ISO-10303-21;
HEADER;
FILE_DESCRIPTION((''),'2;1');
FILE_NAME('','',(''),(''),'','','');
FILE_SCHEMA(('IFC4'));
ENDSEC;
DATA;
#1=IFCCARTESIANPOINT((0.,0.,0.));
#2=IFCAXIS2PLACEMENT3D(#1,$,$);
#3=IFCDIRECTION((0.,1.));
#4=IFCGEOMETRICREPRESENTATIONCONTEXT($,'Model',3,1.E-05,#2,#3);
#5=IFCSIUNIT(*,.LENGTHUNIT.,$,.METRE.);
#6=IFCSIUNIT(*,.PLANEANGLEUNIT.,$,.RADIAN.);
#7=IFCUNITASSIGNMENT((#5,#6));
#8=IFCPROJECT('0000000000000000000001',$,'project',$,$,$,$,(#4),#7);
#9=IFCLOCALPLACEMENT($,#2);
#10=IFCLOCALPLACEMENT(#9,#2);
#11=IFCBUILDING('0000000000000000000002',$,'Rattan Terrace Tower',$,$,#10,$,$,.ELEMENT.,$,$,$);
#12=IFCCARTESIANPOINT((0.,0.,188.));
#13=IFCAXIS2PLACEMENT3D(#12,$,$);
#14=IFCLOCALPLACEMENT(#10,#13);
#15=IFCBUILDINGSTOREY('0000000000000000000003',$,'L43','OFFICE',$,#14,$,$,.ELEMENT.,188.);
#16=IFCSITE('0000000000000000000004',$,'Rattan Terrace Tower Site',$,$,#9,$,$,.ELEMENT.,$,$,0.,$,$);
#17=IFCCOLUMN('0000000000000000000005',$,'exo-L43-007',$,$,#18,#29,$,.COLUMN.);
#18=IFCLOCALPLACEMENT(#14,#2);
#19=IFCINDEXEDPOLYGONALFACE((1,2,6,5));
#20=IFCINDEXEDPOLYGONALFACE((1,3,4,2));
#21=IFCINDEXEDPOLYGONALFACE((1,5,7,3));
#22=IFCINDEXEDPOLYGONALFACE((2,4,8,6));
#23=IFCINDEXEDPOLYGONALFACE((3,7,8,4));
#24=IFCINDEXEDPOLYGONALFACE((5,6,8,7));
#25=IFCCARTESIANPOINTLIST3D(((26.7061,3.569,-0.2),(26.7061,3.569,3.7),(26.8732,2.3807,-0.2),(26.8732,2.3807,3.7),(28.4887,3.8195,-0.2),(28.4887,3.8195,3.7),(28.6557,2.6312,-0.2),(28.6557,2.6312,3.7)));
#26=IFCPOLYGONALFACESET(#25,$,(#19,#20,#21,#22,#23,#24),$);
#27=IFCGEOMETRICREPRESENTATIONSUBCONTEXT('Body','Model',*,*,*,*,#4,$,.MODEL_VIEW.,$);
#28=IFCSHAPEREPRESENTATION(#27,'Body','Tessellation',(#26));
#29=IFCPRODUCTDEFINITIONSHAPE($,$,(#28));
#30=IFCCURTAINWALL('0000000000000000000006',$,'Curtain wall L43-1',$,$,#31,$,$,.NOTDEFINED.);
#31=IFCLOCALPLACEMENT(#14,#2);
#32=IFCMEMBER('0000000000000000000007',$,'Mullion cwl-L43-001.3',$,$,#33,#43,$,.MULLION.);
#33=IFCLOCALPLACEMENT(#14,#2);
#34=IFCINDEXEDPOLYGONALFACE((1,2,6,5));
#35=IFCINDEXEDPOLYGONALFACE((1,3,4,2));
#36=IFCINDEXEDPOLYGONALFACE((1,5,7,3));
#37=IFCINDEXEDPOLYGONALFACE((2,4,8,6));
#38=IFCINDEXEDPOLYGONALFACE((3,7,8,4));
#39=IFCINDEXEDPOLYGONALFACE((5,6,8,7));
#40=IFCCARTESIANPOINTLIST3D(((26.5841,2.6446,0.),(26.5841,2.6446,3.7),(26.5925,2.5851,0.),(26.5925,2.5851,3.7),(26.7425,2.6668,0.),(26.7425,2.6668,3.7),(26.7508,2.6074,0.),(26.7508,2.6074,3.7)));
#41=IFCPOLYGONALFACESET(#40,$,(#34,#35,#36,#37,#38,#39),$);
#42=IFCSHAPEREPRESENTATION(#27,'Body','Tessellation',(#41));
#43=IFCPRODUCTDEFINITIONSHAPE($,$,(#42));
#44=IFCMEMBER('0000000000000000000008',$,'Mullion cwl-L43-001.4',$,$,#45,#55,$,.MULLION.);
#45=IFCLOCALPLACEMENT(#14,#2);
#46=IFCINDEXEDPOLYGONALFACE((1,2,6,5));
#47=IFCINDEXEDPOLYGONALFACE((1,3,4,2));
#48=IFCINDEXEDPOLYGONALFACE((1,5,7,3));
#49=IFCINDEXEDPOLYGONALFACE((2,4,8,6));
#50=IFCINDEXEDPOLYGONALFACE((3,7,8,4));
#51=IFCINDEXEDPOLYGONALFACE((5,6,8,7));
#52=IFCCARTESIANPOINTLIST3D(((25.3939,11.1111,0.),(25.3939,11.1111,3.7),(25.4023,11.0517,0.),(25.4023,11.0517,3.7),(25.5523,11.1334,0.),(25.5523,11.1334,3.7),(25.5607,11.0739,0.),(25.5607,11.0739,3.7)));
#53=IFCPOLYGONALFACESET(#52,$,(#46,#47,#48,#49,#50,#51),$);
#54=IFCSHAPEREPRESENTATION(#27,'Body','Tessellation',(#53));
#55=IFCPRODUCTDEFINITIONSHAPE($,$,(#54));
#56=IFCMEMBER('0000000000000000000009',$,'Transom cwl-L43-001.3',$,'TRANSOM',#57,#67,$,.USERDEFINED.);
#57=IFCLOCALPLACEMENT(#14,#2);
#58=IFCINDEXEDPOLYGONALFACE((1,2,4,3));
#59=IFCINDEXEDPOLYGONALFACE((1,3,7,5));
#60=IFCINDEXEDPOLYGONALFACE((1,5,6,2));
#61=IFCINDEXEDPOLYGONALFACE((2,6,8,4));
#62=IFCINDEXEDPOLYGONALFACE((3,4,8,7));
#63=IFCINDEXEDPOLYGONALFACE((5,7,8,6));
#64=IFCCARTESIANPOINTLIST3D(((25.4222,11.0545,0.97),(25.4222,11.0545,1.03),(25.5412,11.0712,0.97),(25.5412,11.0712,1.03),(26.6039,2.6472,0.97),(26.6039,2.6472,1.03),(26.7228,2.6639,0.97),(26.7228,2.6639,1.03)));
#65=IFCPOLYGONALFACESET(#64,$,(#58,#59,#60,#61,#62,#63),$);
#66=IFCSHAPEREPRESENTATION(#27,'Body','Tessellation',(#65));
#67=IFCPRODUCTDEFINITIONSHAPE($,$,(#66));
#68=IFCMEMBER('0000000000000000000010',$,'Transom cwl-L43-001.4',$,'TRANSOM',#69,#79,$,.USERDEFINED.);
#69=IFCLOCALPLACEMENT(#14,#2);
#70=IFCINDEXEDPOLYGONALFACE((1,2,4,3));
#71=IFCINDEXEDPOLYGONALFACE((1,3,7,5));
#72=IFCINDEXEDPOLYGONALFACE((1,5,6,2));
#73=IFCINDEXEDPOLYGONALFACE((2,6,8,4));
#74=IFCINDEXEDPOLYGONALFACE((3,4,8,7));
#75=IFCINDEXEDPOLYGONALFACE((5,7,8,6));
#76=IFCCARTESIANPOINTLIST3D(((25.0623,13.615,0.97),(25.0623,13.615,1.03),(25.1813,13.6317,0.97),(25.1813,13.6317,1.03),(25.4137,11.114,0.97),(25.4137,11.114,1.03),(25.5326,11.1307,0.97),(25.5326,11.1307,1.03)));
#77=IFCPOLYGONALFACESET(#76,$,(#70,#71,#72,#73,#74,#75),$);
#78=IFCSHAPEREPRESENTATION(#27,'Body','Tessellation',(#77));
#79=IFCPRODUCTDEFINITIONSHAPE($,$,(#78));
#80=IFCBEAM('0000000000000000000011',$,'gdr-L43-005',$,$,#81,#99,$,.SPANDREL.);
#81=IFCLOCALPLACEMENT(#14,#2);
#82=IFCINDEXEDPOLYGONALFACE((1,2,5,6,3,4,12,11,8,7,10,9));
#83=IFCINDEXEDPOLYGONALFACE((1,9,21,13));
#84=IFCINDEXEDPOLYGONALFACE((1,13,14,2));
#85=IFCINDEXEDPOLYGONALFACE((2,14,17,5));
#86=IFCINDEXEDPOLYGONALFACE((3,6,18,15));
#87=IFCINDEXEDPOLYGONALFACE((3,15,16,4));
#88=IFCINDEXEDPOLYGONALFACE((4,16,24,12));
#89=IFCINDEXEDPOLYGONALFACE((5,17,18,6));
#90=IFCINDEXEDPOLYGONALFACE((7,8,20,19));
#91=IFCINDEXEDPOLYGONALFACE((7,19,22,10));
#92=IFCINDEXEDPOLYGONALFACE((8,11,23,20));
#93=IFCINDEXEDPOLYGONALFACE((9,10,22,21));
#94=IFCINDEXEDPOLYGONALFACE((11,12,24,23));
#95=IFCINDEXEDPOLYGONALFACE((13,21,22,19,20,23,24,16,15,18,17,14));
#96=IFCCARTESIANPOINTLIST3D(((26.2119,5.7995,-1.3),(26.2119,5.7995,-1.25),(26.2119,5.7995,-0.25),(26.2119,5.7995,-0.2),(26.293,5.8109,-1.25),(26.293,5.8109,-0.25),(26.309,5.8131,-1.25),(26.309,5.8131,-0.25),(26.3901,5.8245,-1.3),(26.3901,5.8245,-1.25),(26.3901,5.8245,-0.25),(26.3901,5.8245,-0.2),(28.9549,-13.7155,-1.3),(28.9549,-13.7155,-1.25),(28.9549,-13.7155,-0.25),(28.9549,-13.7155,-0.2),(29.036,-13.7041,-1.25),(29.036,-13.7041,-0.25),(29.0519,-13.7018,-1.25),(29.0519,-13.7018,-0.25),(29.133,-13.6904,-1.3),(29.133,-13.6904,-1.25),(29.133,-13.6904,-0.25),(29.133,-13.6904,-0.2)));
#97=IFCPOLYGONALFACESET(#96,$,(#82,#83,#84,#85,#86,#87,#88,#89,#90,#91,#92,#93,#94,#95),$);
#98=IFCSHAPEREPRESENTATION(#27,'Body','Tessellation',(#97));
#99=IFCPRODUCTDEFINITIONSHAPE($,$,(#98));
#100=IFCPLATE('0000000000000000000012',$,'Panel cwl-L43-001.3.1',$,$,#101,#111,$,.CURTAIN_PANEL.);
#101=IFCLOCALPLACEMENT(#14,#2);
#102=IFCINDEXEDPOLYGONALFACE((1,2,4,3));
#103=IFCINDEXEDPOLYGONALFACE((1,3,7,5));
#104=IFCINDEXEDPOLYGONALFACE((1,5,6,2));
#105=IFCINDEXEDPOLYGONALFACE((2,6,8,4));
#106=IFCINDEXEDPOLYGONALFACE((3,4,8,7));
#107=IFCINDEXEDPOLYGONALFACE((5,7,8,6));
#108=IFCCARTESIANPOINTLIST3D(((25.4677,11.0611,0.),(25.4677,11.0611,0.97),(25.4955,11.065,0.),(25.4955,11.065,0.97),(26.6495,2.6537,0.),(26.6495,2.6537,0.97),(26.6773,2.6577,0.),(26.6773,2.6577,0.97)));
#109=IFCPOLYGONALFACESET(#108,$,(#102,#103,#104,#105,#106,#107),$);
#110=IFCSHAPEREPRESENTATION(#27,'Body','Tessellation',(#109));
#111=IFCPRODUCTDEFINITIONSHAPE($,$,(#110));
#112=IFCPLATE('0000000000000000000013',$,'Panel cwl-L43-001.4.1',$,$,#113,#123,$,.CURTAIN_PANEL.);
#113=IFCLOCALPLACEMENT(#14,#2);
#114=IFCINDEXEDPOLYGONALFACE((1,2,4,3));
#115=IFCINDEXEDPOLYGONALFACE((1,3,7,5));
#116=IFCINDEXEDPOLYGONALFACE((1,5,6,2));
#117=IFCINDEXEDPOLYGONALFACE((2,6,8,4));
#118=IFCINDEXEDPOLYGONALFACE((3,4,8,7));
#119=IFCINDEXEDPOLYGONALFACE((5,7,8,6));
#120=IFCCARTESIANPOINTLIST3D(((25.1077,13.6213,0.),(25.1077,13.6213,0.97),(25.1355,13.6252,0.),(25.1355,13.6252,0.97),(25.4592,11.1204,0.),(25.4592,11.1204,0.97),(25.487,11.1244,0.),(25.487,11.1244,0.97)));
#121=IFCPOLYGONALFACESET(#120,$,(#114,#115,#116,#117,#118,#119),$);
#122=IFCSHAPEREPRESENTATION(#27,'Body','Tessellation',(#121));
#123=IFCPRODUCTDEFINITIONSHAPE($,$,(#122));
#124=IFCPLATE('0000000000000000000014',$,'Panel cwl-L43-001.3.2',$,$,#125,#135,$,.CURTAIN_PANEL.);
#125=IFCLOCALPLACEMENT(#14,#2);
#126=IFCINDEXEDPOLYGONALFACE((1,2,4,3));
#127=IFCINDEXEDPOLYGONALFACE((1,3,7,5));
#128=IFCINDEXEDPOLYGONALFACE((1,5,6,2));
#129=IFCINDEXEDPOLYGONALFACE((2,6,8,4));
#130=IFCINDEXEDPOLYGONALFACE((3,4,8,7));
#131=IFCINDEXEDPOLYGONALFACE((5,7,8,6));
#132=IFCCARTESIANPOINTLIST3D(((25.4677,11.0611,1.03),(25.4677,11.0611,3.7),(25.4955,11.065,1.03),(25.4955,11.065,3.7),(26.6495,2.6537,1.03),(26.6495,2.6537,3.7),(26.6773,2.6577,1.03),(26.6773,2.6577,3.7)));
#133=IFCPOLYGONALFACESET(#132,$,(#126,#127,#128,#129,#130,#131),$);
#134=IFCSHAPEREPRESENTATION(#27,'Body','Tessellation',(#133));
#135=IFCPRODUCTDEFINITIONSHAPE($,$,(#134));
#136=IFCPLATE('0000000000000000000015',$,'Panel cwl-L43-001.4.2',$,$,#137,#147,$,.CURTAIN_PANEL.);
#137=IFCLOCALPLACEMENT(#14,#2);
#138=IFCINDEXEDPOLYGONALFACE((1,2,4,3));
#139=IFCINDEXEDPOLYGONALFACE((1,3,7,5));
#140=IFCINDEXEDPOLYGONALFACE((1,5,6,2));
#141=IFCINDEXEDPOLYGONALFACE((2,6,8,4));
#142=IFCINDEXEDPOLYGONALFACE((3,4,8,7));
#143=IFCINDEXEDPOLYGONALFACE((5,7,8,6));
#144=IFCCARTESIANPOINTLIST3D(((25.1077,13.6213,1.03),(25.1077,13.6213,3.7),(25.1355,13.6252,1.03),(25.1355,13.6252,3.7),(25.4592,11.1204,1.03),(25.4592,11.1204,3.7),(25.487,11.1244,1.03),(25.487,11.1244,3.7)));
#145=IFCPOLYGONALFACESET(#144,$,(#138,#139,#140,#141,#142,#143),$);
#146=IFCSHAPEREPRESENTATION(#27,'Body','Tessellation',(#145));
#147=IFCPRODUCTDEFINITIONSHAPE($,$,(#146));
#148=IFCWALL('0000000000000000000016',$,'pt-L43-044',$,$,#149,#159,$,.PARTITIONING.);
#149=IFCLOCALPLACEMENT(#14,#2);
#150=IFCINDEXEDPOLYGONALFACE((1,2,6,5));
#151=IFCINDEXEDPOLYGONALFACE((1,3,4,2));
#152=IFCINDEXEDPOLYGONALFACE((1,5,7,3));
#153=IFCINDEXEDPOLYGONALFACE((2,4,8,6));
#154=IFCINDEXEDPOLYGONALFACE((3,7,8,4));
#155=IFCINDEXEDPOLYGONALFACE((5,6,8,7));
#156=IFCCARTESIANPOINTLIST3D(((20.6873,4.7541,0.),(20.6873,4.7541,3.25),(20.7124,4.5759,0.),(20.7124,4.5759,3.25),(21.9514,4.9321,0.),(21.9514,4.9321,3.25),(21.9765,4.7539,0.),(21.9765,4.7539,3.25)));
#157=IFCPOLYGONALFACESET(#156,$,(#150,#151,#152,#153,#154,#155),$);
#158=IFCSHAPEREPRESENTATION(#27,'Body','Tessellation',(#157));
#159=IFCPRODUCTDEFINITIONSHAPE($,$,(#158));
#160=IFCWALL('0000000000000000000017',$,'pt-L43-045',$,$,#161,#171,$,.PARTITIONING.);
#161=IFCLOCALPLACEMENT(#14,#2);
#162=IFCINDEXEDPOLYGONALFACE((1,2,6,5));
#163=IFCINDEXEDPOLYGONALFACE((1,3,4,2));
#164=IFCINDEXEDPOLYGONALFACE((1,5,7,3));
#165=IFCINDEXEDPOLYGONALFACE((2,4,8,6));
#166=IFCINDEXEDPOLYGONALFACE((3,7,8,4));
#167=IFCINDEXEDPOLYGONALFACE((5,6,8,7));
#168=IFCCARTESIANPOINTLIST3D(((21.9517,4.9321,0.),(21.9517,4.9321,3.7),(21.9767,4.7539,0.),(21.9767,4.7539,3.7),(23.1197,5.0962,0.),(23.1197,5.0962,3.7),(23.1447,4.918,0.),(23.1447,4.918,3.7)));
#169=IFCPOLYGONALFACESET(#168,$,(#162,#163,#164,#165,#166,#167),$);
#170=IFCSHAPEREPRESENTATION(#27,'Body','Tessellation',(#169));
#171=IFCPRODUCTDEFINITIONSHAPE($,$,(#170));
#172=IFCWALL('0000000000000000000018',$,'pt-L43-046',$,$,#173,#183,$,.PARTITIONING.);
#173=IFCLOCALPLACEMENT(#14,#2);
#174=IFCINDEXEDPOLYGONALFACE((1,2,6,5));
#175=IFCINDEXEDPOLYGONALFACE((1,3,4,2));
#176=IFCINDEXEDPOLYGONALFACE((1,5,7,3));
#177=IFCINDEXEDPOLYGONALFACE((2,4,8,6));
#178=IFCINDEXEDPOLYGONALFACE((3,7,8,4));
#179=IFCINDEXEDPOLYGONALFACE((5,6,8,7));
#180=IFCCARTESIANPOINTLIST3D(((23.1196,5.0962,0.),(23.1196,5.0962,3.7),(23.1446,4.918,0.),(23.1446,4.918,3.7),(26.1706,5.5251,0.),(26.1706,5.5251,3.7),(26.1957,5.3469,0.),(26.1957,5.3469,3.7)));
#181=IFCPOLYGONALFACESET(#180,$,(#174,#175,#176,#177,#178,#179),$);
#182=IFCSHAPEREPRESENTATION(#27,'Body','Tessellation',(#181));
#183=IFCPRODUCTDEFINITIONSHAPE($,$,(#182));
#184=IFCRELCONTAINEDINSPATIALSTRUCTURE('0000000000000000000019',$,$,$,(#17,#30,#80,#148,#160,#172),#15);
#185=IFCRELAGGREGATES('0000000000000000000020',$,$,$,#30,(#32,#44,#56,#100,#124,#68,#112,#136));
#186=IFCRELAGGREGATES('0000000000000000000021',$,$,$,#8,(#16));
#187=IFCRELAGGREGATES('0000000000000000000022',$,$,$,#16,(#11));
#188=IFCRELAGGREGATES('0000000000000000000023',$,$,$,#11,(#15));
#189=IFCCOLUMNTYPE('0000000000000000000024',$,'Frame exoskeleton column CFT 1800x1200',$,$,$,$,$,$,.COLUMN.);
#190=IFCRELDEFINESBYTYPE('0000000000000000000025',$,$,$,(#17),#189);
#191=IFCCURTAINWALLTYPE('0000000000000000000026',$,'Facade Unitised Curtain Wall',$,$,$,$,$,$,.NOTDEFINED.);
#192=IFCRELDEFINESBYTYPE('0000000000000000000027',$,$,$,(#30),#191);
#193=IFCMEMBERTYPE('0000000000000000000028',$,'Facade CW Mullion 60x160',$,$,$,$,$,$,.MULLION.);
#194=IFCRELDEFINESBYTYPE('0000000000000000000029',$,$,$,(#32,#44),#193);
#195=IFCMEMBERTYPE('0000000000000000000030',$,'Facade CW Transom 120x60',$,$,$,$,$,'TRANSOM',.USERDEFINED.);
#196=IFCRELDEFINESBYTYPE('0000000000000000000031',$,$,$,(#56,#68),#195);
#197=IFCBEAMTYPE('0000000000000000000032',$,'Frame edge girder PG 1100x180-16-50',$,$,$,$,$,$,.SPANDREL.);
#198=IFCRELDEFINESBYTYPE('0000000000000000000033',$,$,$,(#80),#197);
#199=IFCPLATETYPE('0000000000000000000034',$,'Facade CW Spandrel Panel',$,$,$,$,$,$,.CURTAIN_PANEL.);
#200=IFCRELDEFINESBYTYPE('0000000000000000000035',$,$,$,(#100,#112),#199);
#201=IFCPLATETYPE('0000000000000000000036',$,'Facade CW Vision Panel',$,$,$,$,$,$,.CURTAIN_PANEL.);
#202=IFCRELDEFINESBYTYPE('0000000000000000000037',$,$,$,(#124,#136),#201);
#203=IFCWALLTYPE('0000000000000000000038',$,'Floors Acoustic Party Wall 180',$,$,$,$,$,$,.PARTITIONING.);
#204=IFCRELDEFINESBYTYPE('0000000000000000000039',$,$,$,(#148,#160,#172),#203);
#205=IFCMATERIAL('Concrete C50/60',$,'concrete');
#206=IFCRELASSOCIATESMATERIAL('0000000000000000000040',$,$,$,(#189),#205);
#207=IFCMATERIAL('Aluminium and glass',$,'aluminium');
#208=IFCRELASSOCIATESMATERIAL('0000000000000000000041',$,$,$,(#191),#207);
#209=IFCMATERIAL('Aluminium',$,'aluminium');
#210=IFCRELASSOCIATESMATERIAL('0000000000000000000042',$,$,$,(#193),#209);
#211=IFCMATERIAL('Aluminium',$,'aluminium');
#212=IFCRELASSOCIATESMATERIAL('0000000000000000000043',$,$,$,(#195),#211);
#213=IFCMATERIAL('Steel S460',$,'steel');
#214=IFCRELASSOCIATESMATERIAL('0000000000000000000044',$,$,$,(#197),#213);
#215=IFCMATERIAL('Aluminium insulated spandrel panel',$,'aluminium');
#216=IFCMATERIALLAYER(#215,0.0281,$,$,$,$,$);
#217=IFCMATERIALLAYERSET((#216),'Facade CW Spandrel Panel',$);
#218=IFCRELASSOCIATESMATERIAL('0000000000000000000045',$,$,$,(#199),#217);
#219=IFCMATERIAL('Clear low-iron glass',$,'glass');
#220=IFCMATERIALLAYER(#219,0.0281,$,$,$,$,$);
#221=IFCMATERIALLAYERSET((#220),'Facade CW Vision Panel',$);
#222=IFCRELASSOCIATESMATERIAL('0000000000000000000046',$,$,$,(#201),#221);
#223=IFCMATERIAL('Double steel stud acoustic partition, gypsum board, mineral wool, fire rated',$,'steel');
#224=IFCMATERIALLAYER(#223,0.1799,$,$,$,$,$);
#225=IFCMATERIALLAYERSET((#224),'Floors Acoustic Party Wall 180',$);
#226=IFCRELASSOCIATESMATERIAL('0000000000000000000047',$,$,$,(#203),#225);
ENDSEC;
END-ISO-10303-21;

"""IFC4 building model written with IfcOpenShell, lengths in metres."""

from ifc_helpers import new_model, si_unit, direction, frame, frame_2d, origin, origin_2d, place, context, subcontext, project, spatial, rectangle, i_section, extrude, material, layer, layer_set, material_profile, profile_set, type_object, element, aggregate, save


model = new_model("IFC4")

# Units and contexts
model_context = context("Model", 3, precision=1e-05, world=origin(), true_north=direction((0.0, 1.0)))
body_context = subcontext(model_context, "Body", "Model", "MODEL_VIEW")
ifc_project = project(units=[si_unit("LENGTHUNIT", "METRE"), si_unit("PLANEANGLEUNIT", "RADIAN")], contexts=[model_context])

# Site, building, storey
site_placement = place(None, origin())
site = spatial("IfcSite", under=ifc_project, at=site_placement, Name="Rattan Terrace Tower Site", CompositionType="ELEMENT", RefElevation=0.0)
building_placement = place(site_placement, origin())
building = spatial("IfcBuilding", under=site, at=building_placement, Name="Rattan Terrace Tower", CompositionType="ELEMENT")
storey_placement = place(building_placement, frame((0.0, 0.0, 188.0)))
storey = spatial("IfcBuildingStorey", under=building, at=storey_placement, Name="L43", Description="OFFICE", CompositionType="ELEMENT", Elevation=188.0)

# Column
ifc_material_1 = material(Name="Concrete C50/60", Category="concrete")
ifc_material_profile_1 = material_profile(ifc_material_1, rectangle(XDim=1.2, YDim=1.8, at=origin_2d()), Name="CFT 1800x1200")
ifc_profile_set_1 = profile_set([ifc_material_profile_1], Name="Concrete C50/60")
column_type = type_object("IfcColumnType", Name="Frame exoskeleton column CFT 1800x1200", PredefinedType="COLUMN", material=ifc_profile_set_1)
column_placement = place(storey_placement, frame((27.6809, 3.1001, -0.2), z_axis=(0.0, 0.0, 1.0), x_axis=(-0.13919, 0.990266, 0.0)))
element("IfcColumn", 1, at=column_placement, inside=storey, type_object=column_type, Name="exo-L43-007", PredefinedType="COLUMN", context=body_context, shape_type="SweptSolid", body=[
    extrude(rectangle(XDim=1.2, YDim=1.8, at=origin_2d()), origin(), (0.0, 0.0, 1.0), 3.8999),
])

# Curtain wall, members
ifc_material_2 = material(Name="Aluminium and glass", Category="aluminium")
curtain_wall_type = type_object("IfcCurtainWallType", Name="Facade Unitised Curtain Wall", PredefinedType="NOTDEFINED", material=ifc_material_2)
curtain_wall_placement = place(storey_placement, origin())
curtain_wall = element("IfcCurtainWall", 2, at=curtain_wall_placement, inside=storey, type_object=curtain_wall_type, Name="Curtain wall L43-1", PredefinedType="NOTDEFINED")
ifc_material_3 = material(Name="Aluminium", Category="aluminium")
ifc_material_profile_2 = material_profile(ifc_material_3, rectangle(XDim=0.0601, YDim=0.1599, at=origin_2d()), Name="Aluminium 60x160")
ifc_profile_set_2 = profile_set([ifc_material_profile_2], Name="Aluminium")
member_type_1 = type_object("IfcMemberType", Name="Facade CW Mullion 60x160", PredefinedType="MULLION", material=ifc_profile_set_2)
member_1_placement = place(storey_placement, frame((26.6675, 2.626, 0.0), z_axis=(0.0, 0.0, 1.0), x_axis=(-0.139191, 0.990266, 0.0)))
member_1 = element("IfcMember", 3, at=member_1_placement, type_object=member_type_1, Name="Mullion cwl-L43-001.3", PredefinedType="MULLION", context=body_context, shape_type="SweptSolid", body=[
    extrude(rectangle(XDim=0.0601, YDim=0.1599, at=origin_2d()), origin(), (0.0, 0.0, 1.0), 3.7),
])
member_2_placement = place(storey_placement, frame((25.4773, 11.0925, 0.0), z_axis=(0.0, 0.0, 1.0), x_axis=(-0.139191, 0.990266, 0.0)))
member_2 = element("IfcMember", 4, at=member_2_placement, type_object=member_type_1, Name="Mullion cwl-L43-001.4", PredefinedType="MULLION", context=body_context, shape_type="SweptSolid", body=[
    extrude(rectangle(XDim=0.0601, YDim=0.1599, at=origin_2d()), origin(), (0.0, 0.0, 1.0), 3.7),
])
ifc_material_4 = material(Name="Aluminium", Category="aluminium")
ifc_material_profile_3 = material_profile(ifc_material_4, rectangle(XDim=0.1201, YDim=0.0601, at=origin_2d()), Name="Aluminium 120x60")
ifc_profile_set_3 = profile_set([ifc_material_profile_3], Name="Aluminium")
member_type_2 = type_object("IfcMemberType", Name="Facade CW Transom 120x60", ElementType="TRANSOM", PredefinedType="USERDEFINED", material=ifc_profile_set_3)
member_3_placement = place(storey_placement, frame((26.6633, 2.6555, 1.0), z_axis=(-0.139179, 0.990267, 0.0), x_axis=(-0.990267, -0.139179, 0.0)))
member_3 = element("IfcMember", 5, at=member_3_placement, type_object=member_type_2, Name="Transom cwl-L43-001.3", ObjectType="TRANSOM", PredefinedType="USERDEFINED", context=body_context, shape_type="SweptSolid", body=[
    extrude(rectangle(XDim=0.1201, YDim=0.0601, at=origin_2d()), origin(), (0.0, 0.0, 1.0), 8.49),
])
member_4_placement = place(storey_placement, frame((25.4731, 11.1223, 1.0), z_axis=(-0.139107, 0.990277, 0.0), x_axis=(-0.990277, -0.139107, 0.0)))
member_4 = element("IfcMember", 6, at=member_4_placement, type_object=member_type_2, Name="Transom cwl-L43-001.4", ObjectType="TRANSOM", PredefinedType="USERDEFINED", context=body_context, shape_type="SweptSolid", body=[
    extrude(rectangle(XDim=0.1201, YDim=0.0601, at=origin_2d()), origin(), (0.0, 0.0, 1.0), 2.5256),
])

# Beam
ifc_material_5 = material(Name="Steel S460", Category="steel")
ifc_material_profile_4 = material_profile(ifc_material_5, i_section(OverallWidth=0.1799, OverallDepth=1.1001, WebThickness=0.0161, FlangeThickness=0.05, at=origin_2d()), Name="PG 1100x180-16-50")
ifc_profile_set_4 = profile_set([ifc_material_profile_4], Name="Steel S460")
beam_type = type_object("IfcBeamType", Name="Frame edge girder PG 1100x180-16-50", PredefinedType="SPANDREL", material=ifc_profile_set_4)
beam_placement = place(storey_placement, frame((26.301, 5.812, -0.75), z_axis=(0.139187, -0.990266, 0.0), x_axis=(0.990266, 0.139187, 0.0)))
element("IfcBeam", 7, at=beam_placement, inside=storey, type_object=beam_type, Name="gdr-L43-005", PredefinedType="SPANDREL", context=body_context, shape_type="SweptSolid", body=[
    extrude(i_section(OverallWidth=0.1799, OverallDepth=1.1001, WebThickness=0.0161, FlangeThickness=0.05, at=origin_2d()), origin(), (0.0, 0.0, 1.0), 19.7068),
])

# Plates
ifc_material_6 = material(Name="Aluminium insulated spandrel panel", Category="aluminium")
ifc_layer_1 = layer(ifc_material_6, 0.0281)
ifc_layer_set_1 = layer_set([ifc_layer_1], Name="Facade CW Spandrel Panel")
plate_type_1 = type_object("IfcPlateType", Name="Facade CW Spandrel Panel", PredefinedType="CURTAIN_PANEL", material=ifc_layer_set_1)
plate_1_placement = place(storey_placement, frame((26.0725, 6.8594, 0.0), z_axis=(0.0, 0.0, 1.0), x_axis=(-0.139191, 0.990266, 0.0)))
plate_1 = element("IfcPlate", 8, at=plate_1_placement, type_object=plate_type_1, Name="Panel cwl-L43-001.3.1", PredefinedType="CURTAIN_PANEL", context=body_context, shape_type="SweptSolid", body=[
    extrude(rectangle(XDim=8.49, YDim=0.0281, at=origin_2d()), origin(), (0.0, 0.0, 1.0), 0.97),
])
plate_2_placement = place(storey_placement, frame((25.2974, 12.3728, 0.0), z_axis=(0.0, 0.0, 1.0), x_axis=(-0.139191, 0.990266, 0.0)))
plate_2 = element("IfcPlate", 9, at=plate_2_placement, type_object=plate_type_1, Name="Panel cwl-L43-001.4.1", PredefinedType="CURTAIN_PANEL", context=body_context, shape_type="SweptSolid", body=[
    extrude(rectangle(XDim=2.5254, YDim=0.0281, at=origin_2d()), origin(), (0.0, 0.0, 1.0), 0.97),
])
ifc_material_7 = material(Name="Clear low-iron glass", Category="glass")
ifc_layer_2 = layer(ifc_material_7, 0.0281)
ifc_layer_set_2 = layer_set([ifc_layer_2], Name="Facade CW Vision Panel")
plate_type_2 = type_object("IfcPlateType", Name="Facade CW Vision Panel", PredefinedType="CURTAIN_PANEL", material=ifc_layer_set_2)
plate_3_placement = place(storey_placement, frame((26.0725, 6.8594, 1.03), z_axis=(0.0, 0.0, 1.0), x_axis=(-0.139191, 0.990266, 0.0)))
plate_3 = element("IfcPlate", 10, at=plate_3_placement, type_object=plate_type_2, Name="Panel cwl-L43-001.3.2", PredefinedType="CURTAIN_PANEL", context=body_context, shape_type="SweptSolid", body=[
    extrude(rectangle(XDim=8.49, YDim=0.0281, at=origin_2d()), origin(), (0.0, 0.0, 1.0), 2.6699),
])
plate_4_placement = place(storey_placement, frame((25.2974, 12.3728, 1.03), z_axis=(0.0, 0.0, 1.0), x_axis=(-0.139191, 0.990266, 0.0)))
plate_4 = element("IfcPlate", 11, at=plate_4_placement, type_object=plate_type_2, Name="Panel cwl-L43-001.4.2", PredefinedType="CURTAIN_PANEL", context=body_context, shape_type="SweptSolid", body=[
    extrude(rectangle(XDim=2.5254, YDim=0.0281, at=origin_2d()), origin(), (0.0, 0.0, 1.0), 2.6699),
])
aggregate(curtain_wall, [member_1, member_2, member_3, plate_1, plate_3, member_4, plate_2, plate_4])

# Walls
ifc_material_8 = material(Name="Double steel stud acoustic partition, gypsum board, mineral wool, fire rated", Category="steel")
ifc_layer_3 = layer(ifc_material_8, 0.1799)
ifc_layer_set_3 = layer_set([ifc_layer_3], Name="Floors Acoustic Party Wall 180")
wall_type_1 = type_object("IfcWallType", Name="Floors Acoustic Party Wall 180", PredefinedType="PARTITIONING", material=ifc_layer_set_3)
wall_1_placement = place(storey_placement, frame((20.7, 4.665, 0.0), z_axis=(0.0, 0.0, 1.0), x_axis=(0.990234, 0.139413, 0.0)))
element("IfcWall", 12, at=wall_1_placement, inside=storey, type_object=wall_type_1, Name="pt-L43-044", PredefinedType="PARTITIONING", context=body_context, shape_type="SweptSolid", body=[
    extrude(rectangle(XDim=1.2766, YDim=0.1799, at=frame_2d((0.6382, 0.0))), origin(), (0.0, 0.0, 1.0), 3.25),
])
wall_2_placement = place(storey_placement, frame((21.9641, 4.843, 0.0), z_axis=(0.0, 0.0, 1.0), x_axis=(0.990278, 0.139103, 0.0)))
element("IfcWall", 13, at=wall_2_placement, inside=storey, type_object=wall_type_1, Name="pt-L43-045", PredefinedType="PARTITIONING", context=body_context, shape_type="SweptSolid", body=[
    extrude(rectangle(XDim=1.1794, YDim=0.1799, at=frame_2d((0.5898, 0.0))), origin(), (0.0, 0.0, 1.0), 3.7),
])
wall_3_placement = place(storey_placement, frame((23.1321, 5.0071, 0.0), z_axis=(0.0, 0.0, 1.0), x_axis=(0.990261, 0.139224, 0.0)))
element("IfcWall", 14, at=wall_3_placement, inside=storey, type_object=wall_type_1, Name="pt-L43-046", PredefinedType="PARTITIONING", context=body_context, shape_type="SweptSolid", body=[
    extrude(rectangle(XDim=3.0811, YDim=0.1799, at=frame_2d((1.5405, 0.0))), origin(), (0.0, 0.0, 1.0), 3.7),
])

save(model, "model.ifc")
